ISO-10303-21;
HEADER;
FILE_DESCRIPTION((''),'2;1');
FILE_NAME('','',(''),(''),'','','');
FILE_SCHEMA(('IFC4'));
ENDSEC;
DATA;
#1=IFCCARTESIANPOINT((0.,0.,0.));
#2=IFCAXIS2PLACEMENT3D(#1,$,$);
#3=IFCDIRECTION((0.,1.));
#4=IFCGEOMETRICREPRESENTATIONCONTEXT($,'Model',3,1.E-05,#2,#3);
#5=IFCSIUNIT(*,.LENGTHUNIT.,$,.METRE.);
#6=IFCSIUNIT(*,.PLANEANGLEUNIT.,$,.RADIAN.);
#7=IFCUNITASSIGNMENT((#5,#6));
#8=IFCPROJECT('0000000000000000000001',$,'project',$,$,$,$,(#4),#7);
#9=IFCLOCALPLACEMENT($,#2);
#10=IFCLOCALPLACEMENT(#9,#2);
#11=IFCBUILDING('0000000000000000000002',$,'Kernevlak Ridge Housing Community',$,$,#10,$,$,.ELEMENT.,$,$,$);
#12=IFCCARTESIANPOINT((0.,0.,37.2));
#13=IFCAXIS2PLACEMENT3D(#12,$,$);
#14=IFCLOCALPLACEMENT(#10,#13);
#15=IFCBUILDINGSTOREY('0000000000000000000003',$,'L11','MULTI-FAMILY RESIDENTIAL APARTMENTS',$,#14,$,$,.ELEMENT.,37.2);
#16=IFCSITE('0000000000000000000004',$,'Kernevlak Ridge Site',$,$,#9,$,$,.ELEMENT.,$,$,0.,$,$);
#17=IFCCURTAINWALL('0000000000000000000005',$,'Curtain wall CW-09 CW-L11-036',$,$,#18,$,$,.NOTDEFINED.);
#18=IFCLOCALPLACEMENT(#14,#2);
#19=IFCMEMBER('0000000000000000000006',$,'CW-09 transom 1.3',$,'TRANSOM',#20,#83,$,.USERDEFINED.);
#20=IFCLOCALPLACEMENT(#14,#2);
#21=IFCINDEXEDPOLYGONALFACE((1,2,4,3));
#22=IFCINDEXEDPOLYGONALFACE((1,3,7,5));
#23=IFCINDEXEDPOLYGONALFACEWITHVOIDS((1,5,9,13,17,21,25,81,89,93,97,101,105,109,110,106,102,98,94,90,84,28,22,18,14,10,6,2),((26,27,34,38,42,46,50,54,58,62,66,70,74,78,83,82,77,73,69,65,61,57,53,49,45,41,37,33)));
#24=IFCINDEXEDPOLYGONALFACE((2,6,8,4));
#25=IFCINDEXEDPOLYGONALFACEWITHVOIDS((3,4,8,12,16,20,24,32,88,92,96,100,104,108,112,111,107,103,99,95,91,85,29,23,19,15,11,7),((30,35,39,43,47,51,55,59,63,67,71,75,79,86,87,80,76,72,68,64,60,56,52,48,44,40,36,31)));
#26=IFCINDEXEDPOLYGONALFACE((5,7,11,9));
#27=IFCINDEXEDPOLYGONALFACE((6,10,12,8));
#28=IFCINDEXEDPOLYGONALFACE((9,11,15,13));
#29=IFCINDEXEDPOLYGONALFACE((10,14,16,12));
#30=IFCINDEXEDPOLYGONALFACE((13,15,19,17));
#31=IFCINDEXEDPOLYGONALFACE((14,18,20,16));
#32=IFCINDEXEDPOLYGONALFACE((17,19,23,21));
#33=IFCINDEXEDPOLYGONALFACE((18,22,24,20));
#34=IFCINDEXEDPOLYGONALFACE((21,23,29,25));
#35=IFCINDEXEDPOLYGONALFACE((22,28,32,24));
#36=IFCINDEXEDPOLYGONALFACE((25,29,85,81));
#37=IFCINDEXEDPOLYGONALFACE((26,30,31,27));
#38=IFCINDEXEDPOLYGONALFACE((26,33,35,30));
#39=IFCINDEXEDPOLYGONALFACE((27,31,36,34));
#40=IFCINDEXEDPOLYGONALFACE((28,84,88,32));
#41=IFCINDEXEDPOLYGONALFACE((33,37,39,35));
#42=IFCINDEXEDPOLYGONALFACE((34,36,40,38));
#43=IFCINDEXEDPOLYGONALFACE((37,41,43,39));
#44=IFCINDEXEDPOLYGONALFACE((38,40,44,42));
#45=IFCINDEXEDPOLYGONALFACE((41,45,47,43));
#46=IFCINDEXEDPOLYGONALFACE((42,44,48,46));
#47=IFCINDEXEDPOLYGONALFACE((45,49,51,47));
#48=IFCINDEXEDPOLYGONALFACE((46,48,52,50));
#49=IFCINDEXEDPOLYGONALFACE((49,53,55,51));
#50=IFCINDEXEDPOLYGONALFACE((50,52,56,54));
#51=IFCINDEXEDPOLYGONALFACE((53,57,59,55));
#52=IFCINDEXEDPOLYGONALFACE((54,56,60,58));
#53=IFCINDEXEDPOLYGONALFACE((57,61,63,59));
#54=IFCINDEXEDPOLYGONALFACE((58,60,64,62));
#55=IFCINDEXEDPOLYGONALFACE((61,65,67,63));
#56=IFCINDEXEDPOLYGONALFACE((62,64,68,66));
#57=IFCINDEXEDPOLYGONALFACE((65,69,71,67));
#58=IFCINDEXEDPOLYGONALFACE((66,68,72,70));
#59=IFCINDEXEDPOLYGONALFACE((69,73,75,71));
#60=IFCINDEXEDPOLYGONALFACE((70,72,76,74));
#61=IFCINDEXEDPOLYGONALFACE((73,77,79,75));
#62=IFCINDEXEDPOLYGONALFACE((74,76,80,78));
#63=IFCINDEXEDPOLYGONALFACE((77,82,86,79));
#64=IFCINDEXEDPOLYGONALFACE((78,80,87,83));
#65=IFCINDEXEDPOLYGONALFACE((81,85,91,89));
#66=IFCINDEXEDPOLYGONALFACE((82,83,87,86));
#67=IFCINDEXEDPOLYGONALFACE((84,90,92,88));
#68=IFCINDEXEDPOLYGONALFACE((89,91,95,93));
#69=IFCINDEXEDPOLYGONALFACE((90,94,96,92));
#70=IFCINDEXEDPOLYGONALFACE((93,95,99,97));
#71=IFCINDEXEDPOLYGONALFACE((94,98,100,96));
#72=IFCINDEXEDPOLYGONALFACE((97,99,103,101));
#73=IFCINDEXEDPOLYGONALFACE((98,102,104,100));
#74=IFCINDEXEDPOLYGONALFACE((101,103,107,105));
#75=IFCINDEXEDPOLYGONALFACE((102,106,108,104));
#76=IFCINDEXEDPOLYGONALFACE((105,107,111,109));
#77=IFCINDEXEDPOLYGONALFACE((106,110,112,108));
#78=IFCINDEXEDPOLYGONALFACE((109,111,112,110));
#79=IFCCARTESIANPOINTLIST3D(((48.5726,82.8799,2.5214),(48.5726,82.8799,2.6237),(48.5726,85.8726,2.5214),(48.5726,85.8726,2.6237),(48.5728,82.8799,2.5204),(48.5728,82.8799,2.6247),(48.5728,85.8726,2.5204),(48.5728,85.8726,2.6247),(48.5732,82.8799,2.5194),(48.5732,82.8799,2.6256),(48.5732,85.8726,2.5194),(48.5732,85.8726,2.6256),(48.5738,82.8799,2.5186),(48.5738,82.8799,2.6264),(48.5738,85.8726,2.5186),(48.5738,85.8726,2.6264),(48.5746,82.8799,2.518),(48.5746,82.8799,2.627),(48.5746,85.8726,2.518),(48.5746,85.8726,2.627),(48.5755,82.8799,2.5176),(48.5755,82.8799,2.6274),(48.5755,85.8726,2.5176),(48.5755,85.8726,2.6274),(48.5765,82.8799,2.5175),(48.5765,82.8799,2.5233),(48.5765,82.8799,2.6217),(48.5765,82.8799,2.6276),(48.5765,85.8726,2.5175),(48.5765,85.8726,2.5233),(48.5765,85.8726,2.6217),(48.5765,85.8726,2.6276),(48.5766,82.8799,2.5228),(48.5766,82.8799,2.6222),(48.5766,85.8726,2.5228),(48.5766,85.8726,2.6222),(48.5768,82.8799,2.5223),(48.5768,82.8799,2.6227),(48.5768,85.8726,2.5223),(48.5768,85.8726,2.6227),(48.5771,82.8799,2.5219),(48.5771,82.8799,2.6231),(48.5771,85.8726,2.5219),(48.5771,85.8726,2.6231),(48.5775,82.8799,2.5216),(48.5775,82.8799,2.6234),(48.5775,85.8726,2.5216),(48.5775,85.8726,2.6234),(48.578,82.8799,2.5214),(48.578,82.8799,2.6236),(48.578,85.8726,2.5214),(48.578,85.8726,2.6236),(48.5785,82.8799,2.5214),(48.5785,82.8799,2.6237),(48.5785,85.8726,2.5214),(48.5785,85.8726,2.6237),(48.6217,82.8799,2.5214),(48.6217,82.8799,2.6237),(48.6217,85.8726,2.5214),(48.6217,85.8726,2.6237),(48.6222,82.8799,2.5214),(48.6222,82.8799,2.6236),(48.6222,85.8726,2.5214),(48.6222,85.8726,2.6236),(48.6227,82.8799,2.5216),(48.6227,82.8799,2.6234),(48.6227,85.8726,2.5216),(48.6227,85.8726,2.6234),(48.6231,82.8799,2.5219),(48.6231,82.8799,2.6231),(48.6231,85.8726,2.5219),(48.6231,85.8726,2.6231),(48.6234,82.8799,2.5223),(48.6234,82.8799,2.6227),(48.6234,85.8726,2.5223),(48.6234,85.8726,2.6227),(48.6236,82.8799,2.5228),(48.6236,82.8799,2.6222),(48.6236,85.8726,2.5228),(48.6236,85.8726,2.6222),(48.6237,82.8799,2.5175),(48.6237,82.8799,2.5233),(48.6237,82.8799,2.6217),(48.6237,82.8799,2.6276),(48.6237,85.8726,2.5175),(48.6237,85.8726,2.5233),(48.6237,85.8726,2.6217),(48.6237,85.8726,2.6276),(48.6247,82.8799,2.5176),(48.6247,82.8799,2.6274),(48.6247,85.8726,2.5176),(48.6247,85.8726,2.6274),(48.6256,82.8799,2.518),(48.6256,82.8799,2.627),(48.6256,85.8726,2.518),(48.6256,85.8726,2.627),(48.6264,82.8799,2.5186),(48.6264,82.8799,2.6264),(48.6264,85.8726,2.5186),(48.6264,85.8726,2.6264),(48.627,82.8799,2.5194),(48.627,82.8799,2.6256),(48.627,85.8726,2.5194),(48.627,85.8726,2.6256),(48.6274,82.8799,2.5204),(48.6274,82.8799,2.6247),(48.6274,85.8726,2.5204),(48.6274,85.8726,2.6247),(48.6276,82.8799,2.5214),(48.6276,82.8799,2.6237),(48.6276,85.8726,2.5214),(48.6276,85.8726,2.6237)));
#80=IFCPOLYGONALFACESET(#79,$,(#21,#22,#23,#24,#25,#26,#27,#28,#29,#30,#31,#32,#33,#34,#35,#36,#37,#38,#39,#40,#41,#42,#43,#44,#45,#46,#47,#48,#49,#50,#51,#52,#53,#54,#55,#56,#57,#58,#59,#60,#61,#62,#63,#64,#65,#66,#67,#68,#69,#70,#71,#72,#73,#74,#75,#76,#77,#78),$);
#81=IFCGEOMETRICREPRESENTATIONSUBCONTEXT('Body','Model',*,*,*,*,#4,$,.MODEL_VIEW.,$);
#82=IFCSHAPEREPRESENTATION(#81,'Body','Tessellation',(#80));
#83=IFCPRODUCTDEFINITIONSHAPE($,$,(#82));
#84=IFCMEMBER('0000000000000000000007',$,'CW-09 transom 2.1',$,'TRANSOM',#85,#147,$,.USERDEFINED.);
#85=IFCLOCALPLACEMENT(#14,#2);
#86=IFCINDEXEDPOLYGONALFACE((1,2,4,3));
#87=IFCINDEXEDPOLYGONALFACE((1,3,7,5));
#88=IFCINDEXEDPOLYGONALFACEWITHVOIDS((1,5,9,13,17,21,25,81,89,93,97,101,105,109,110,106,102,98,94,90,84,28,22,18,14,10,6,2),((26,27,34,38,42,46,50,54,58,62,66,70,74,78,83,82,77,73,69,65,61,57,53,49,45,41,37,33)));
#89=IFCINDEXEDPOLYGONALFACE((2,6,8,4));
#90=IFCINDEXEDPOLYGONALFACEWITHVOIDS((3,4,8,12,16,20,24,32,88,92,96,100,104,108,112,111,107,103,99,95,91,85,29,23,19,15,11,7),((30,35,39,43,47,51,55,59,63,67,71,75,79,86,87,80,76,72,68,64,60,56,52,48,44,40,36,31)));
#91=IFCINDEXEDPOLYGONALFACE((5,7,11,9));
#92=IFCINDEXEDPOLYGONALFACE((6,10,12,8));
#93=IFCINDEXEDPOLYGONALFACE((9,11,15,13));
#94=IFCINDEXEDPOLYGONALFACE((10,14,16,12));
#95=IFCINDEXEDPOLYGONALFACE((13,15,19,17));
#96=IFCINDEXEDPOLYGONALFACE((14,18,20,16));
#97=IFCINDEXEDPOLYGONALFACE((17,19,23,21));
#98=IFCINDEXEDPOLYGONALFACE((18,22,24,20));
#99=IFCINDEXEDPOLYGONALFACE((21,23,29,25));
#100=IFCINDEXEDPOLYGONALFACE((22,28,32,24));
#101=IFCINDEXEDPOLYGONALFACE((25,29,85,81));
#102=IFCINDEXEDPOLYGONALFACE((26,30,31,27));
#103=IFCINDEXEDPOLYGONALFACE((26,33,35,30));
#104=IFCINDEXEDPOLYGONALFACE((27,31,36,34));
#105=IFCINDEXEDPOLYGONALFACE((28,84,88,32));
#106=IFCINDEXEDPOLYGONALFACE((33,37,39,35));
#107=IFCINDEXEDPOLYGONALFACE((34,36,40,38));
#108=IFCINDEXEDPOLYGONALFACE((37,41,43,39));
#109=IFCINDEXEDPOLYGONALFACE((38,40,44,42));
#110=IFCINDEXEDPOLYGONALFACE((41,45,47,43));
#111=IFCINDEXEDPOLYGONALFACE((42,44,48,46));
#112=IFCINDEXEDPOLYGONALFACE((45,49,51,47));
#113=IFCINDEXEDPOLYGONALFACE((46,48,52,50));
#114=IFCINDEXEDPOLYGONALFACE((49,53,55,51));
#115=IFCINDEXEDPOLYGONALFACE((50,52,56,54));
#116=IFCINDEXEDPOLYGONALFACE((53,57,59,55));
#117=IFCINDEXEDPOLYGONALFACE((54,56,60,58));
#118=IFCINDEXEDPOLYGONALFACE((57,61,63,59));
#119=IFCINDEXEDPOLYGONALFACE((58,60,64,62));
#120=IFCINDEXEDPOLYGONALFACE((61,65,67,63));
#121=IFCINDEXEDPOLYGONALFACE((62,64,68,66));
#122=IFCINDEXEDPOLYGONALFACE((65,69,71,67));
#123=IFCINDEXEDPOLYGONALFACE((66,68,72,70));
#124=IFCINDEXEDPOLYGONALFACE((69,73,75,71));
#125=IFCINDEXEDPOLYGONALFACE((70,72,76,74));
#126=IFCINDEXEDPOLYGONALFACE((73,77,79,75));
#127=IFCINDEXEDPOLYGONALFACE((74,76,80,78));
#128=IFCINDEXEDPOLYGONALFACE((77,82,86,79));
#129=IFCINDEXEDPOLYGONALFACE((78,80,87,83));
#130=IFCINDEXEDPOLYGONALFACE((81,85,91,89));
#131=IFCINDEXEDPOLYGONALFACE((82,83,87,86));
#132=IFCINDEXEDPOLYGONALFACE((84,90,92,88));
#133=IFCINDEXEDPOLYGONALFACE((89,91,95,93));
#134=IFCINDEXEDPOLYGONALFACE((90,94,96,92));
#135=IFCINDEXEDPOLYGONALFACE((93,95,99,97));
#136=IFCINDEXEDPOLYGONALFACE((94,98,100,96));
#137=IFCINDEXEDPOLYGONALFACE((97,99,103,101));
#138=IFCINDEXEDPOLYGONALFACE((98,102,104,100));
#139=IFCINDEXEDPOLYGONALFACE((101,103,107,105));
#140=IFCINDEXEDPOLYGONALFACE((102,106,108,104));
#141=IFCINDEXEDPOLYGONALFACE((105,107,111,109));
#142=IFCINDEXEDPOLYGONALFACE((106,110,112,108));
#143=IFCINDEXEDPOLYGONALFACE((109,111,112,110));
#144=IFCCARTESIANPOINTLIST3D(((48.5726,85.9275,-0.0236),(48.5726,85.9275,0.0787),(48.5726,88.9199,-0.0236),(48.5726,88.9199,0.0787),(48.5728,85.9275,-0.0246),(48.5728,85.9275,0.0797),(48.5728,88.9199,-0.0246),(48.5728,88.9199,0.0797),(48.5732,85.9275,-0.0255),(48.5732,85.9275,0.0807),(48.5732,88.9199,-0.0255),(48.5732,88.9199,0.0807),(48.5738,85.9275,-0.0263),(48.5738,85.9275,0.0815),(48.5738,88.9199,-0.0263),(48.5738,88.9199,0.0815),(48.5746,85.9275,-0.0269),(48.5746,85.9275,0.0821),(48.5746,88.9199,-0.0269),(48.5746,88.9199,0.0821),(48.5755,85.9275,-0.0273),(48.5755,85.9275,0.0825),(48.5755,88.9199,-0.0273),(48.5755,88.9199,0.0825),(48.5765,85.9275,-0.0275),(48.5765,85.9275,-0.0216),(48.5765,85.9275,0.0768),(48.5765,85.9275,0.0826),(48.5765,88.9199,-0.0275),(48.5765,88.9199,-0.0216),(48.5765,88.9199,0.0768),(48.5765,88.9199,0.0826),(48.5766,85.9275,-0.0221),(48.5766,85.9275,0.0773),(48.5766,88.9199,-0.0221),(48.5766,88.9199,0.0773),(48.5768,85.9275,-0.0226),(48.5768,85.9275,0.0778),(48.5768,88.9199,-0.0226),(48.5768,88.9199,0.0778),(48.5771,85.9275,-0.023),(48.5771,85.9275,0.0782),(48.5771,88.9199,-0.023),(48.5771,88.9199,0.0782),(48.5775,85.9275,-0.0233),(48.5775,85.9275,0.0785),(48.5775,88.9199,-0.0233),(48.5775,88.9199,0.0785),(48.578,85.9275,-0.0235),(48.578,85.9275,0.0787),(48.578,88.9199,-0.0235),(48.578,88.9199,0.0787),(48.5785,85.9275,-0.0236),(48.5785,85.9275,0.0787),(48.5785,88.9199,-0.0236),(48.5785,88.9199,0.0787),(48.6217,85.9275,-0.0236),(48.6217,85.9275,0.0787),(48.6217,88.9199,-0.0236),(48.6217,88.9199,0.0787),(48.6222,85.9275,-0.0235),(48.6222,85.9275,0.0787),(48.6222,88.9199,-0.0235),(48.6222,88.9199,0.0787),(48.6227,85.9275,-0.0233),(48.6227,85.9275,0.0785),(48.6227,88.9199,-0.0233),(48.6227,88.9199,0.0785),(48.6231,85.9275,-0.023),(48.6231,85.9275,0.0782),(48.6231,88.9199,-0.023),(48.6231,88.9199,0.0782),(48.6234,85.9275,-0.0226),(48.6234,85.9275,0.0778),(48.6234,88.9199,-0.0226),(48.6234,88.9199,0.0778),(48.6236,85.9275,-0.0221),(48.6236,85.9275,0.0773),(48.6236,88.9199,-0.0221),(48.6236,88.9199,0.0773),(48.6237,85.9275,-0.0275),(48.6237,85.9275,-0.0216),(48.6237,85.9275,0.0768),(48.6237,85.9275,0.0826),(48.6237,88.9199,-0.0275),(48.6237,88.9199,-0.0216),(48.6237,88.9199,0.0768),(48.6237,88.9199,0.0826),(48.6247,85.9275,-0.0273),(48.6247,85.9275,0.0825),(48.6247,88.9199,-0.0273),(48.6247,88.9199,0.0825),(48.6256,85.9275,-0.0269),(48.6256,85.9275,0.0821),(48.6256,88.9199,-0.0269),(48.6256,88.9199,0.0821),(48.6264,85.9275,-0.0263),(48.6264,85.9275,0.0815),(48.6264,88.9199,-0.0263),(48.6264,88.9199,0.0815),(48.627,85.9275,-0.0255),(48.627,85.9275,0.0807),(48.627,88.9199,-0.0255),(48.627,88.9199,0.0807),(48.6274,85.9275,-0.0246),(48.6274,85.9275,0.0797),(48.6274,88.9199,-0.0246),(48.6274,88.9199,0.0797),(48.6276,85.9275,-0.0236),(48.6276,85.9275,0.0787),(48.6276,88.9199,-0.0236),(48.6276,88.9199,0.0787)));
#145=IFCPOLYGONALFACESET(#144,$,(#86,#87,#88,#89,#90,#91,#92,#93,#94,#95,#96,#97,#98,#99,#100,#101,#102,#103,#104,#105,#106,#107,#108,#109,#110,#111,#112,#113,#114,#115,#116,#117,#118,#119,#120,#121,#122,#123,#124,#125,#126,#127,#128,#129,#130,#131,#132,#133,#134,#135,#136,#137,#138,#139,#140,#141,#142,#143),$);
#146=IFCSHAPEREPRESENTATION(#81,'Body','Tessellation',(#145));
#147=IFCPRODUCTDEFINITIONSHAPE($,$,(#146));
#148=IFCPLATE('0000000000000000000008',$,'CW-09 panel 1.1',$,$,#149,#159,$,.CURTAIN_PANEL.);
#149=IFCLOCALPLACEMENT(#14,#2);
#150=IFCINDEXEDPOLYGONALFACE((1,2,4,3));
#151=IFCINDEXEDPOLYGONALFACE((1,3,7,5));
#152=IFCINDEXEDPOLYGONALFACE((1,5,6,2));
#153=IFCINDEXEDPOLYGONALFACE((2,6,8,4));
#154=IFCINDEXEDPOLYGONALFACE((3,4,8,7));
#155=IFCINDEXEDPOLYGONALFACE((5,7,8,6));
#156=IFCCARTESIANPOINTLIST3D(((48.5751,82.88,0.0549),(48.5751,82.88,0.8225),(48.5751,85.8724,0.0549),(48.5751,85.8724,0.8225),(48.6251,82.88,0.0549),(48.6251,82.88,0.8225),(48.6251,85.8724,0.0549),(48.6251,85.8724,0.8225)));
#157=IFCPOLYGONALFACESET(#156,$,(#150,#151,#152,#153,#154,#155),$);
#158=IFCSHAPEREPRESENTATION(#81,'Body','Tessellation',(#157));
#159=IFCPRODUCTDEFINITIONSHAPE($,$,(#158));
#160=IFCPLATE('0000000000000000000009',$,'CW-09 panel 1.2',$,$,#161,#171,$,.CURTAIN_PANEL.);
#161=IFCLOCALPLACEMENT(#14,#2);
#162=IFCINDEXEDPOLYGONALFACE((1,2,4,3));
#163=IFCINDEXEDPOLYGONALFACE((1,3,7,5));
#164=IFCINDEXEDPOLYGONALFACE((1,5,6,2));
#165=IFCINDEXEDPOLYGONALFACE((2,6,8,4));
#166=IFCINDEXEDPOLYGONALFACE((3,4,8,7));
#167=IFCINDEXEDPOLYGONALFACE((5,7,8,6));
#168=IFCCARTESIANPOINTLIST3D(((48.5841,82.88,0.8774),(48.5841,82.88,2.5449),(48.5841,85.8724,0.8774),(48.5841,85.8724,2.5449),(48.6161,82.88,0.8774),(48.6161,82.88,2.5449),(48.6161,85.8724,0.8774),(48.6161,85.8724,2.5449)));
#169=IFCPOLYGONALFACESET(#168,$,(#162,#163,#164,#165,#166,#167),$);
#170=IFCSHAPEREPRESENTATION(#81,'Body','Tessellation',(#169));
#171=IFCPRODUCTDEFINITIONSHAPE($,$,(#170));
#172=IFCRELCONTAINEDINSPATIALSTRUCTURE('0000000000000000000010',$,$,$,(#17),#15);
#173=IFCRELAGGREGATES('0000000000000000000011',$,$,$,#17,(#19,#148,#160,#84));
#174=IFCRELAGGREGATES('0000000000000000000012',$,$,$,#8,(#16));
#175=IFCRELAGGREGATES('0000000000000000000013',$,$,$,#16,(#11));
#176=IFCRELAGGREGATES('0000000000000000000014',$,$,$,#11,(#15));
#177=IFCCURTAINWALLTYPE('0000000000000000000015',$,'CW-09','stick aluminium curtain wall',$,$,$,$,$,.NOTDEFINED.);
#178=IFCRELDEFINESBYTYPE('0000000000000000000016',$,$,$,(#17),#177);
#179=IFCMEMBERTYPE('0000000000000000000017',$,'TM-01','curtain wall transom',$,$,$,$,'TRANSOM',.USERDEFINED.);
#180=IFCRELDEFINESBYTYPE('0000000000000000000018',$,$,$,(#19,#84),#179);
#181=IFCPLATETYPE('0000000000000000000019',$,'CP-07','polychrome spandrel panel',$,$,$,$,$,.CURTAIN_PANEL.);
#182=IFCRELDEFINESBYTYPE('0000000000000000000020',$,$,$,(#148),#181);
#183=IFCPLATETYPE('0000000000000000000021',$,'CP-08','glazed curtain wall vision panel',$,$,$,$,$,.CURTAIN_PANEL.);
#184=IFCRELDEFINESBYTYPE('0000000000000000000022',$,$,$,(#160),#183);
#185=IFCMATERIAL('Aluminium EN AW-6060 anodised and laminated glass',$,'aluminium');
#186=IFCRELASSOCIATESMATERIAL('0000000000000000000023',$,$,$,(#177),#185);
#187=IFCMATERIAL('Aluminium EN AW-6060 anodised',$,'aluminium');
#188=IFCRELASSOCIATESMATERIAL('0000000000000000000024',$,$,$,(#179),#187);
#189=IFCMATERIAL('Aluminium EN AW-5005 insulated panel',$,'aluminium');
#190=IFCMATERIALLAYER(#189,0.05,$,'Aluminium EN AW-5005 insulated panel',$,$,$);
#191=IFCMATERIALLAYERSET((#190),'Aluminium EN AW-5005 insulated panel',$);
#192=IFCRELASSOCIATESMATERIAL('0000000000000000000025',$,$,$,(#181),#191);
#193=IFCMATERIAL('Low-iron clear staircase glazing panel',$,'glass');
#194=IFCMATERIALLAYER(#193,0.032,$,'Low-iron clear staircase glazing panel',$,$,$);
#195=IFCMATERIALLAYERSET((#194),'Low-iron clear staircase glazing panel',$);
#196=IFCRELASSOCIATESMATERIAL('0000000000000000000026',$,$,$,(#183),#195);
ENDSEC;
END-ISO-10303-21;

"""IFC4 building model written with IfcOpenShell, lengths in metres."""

from ifc_helpers import new_model, si_unit, direction, frame, origin, origin_2d, place, context, subcontext, project, spatial, rectangle, hollow_rectangle, extrude, material, layer, layer_set, material_profile, profile_set, type_object, element, aggregate, save


model = new_model("IFC4")

# Units and contexts
model_context = context("Model", 3, precision=1e-05, world=origin(), true_north=direction((0.0, 1.0)))
body_context = subcontext(model_context, "Body", "Model", "MODEL_VIEW")
ifc_project = project(units=[si_unit("LENGTHUNIT", "METRE"), si_unit("PLANEANGLEUNIT", "RADIAN")], contexts=[model_context])

# Site, building, storey
site_placement = place(None, origin())
site = spatial("IfcSite", under=ifc_project, at=site_placement, Name="Kernevlak Ridge Site", CompositionType="ELEMENT", RefElevation=0.0)
building_placement = place(site_placement, origin())
building = spatial("IfcBuilding", under=site, at=building_placement, Name="Kernevlak Ridge Housing Community", CompositionType="ELEMENT")
storey_placement = place(building_placement, frame((0.0, 0.0, 37.2)))
storey = spatial("IfcBuildingStorey", under=building, at=storey_placement, Name="L11", Description="MULTI-FAMILY RESIDENTIAL APARTMENTS", CompositionType="ELEMENT", Elevation=37.2)

# Curtain wall
ifc_material_1 = material(Name="Aluminium EN AW-6060 anodised and laminated glass", Category="aluminium")
curtain_wall_type = type_object("IfcCurtainWallType", Name="CW-09", Description="stick aluminium curtain wall", PredefinedType="NOTDEFINED", material=ifc_material_1)
curtain_wall_placement = place(storey_placement, origin())
curtain_wall = element("IfcCurtainWall", 1, at=curtain_wall_placement, inside=storey, type_object=curtain_wall_type, Name="Curtain wall CW-09 CW-L11-036", PredefinedType="NOTDEFINED")
ifc_material_2 = material(Name="Aluminium EN AW-6060 anodised", Category="aluminium")

# Members
ifc_material_profile_1 = material_profile(ifc_material_2, hollow_rectangle(XDim=0.0549, YDim=0.1101, WallThickness=0.0039, InnerFilletRadius=0.002, OuterFilletRadius=0.0039, at=origin_2d()), Name="ALU 55x110x4")
ifc_profile_set_1 = profile_set([ifc_material_profile_1], Name="Aluminium EN AW-6060 anodised")
member_type_1 = type_object("IfcMemberType", Name="TM-01", Description="curtain wall transom", ElementType="TRANSOM", PredefinedType="USERDEFINED", material=ifc_profile_set_1)
member_1_placement = place(storey_placement, frame((48.6001, 82.8799, 2.5725), z_axis=(0.0, 1.0, 0.0), x_axis=(-1.0, 0.0, 0.0)))
member_1 = element("IfcMember", 2, at=member_1_placement, type_object=member_type_1, Name="CW-09 transom 1.3", ObjectType="TRANSOM", PredefinedType="USERDEFINED", context=body_context, shape_type="SweptSolid", body=[
    extrude(hollow_rectangle(XDim=0.0549, YDim=0.1101, WallThickness=0.0039, InnerFilletRadius=0.002, OuterFilletRadius=0.0039, at=origin_2d()), origin(), (0.0, 0.0, 1.0), 2.9927),
])
member_2_placement = place(storey_placement, frame((48.6001, 85.9275, 0.0276), z_axis=(0.0, 1.0, 0.0), x_axis=(-1.0, 0.0, 0.0)))
member_2 = element("IfcMember", 3, at=member_2_placement, type_object=member_type_1, Name="CW-09 transom 2.1", ObjectType="TRANSOM", PredefinedType="USERDEFINED", context=body_context, shape_type="SweptSolid", body=[
    extrude(hollow_rectangle(XDim=0.0549, YDim=0.1101, WallThickness=0.0039, InnerFilletRadius=0.002, OuterFilletRadius=0.0039, at=origin_2d()), origin(), (0.0, 0.0, 1.0), 2.9924),
])

# Plates
ifc_material_3 = material(Name="Aluminium EN AW-5005 insulated panel", Category="aluminium")
ifc_layer_1 = layer(ifc_material_3, 0.05, Name="Aluminium EN AW-5005 insulated panel")
ifc_layer_set_1 = layer_set([ifc_layer_1], Name="Aluminium EN AW-5005 insulated panel")
plate_type_1 = type_object("IfcPlateType", Name="CP-07", Description="polychrome spandrel panel", PredefinedType="CURTAIN_PANEL", material=ifc_layer_set_1)
plate_1_placement = place(storey_placement, frame((48.6001, 84.3762, 0.0549), z_axis=(0.0, 0.0, 1.0), x_axis=(0.0, 1.0, 0.0)))
plate_1 = element("IfcPlate", 4, at=plate_1_placement, type_object=plate_type_1, Name="CW-09 panel 1.1", PredefinedType="CURTAIN_PANEL", context=body_context, shape_type="SweptSolid", body=[
    extrude(rectangle(XDim=2.9924, YDim=0.05, at=origin_2d()), origin(), (0.0, 0.0, 1.0), 0.7676),
])
ifc_material_4 = material(Name="Low-iron clear staircase glazing panel", Category="glass")
ifc_layer_2 = layer(ifc_material_4, 0.032, Name="Low-iron clear staircase glazing panel")
ifc_layer_set_2 = layer_set([ifc_layer_2], Name="Low-iron clear staircase glazing panel")
plate_type_2 = type_object("IfcPlateType", Name="CP-08", Description="glazed curtain wall vision panel", PredefinedType="CURTAIN_PANEL", material=ifc_layer_set_2)
plate_2_placement = place(storey_placement, frame((48.6001, 84.3762, 0.8774), z_axis=(0.0, 0.0, 1.0), x_axis=(0.0, 1.0, 0.0)))
plate_2 = element("IfcPlate", 5, at=plate_2_placement, type_object=plate_type_2, Name="CW-09 panel 1.2", PredefinedType="CURTAIN_PANEL", context=body_context, shape_type="SweptSolid", body=[
    extrude(rectangle(XDim=2.9924, YDim=0.032, at=origin_2d()), origin(), (0.0, 0.0, 1.0), 1.6675),
])
aggregate(curtain_wall, [member_1, plate_1, plate_2, member_2])

save(model, "model.ifc")
